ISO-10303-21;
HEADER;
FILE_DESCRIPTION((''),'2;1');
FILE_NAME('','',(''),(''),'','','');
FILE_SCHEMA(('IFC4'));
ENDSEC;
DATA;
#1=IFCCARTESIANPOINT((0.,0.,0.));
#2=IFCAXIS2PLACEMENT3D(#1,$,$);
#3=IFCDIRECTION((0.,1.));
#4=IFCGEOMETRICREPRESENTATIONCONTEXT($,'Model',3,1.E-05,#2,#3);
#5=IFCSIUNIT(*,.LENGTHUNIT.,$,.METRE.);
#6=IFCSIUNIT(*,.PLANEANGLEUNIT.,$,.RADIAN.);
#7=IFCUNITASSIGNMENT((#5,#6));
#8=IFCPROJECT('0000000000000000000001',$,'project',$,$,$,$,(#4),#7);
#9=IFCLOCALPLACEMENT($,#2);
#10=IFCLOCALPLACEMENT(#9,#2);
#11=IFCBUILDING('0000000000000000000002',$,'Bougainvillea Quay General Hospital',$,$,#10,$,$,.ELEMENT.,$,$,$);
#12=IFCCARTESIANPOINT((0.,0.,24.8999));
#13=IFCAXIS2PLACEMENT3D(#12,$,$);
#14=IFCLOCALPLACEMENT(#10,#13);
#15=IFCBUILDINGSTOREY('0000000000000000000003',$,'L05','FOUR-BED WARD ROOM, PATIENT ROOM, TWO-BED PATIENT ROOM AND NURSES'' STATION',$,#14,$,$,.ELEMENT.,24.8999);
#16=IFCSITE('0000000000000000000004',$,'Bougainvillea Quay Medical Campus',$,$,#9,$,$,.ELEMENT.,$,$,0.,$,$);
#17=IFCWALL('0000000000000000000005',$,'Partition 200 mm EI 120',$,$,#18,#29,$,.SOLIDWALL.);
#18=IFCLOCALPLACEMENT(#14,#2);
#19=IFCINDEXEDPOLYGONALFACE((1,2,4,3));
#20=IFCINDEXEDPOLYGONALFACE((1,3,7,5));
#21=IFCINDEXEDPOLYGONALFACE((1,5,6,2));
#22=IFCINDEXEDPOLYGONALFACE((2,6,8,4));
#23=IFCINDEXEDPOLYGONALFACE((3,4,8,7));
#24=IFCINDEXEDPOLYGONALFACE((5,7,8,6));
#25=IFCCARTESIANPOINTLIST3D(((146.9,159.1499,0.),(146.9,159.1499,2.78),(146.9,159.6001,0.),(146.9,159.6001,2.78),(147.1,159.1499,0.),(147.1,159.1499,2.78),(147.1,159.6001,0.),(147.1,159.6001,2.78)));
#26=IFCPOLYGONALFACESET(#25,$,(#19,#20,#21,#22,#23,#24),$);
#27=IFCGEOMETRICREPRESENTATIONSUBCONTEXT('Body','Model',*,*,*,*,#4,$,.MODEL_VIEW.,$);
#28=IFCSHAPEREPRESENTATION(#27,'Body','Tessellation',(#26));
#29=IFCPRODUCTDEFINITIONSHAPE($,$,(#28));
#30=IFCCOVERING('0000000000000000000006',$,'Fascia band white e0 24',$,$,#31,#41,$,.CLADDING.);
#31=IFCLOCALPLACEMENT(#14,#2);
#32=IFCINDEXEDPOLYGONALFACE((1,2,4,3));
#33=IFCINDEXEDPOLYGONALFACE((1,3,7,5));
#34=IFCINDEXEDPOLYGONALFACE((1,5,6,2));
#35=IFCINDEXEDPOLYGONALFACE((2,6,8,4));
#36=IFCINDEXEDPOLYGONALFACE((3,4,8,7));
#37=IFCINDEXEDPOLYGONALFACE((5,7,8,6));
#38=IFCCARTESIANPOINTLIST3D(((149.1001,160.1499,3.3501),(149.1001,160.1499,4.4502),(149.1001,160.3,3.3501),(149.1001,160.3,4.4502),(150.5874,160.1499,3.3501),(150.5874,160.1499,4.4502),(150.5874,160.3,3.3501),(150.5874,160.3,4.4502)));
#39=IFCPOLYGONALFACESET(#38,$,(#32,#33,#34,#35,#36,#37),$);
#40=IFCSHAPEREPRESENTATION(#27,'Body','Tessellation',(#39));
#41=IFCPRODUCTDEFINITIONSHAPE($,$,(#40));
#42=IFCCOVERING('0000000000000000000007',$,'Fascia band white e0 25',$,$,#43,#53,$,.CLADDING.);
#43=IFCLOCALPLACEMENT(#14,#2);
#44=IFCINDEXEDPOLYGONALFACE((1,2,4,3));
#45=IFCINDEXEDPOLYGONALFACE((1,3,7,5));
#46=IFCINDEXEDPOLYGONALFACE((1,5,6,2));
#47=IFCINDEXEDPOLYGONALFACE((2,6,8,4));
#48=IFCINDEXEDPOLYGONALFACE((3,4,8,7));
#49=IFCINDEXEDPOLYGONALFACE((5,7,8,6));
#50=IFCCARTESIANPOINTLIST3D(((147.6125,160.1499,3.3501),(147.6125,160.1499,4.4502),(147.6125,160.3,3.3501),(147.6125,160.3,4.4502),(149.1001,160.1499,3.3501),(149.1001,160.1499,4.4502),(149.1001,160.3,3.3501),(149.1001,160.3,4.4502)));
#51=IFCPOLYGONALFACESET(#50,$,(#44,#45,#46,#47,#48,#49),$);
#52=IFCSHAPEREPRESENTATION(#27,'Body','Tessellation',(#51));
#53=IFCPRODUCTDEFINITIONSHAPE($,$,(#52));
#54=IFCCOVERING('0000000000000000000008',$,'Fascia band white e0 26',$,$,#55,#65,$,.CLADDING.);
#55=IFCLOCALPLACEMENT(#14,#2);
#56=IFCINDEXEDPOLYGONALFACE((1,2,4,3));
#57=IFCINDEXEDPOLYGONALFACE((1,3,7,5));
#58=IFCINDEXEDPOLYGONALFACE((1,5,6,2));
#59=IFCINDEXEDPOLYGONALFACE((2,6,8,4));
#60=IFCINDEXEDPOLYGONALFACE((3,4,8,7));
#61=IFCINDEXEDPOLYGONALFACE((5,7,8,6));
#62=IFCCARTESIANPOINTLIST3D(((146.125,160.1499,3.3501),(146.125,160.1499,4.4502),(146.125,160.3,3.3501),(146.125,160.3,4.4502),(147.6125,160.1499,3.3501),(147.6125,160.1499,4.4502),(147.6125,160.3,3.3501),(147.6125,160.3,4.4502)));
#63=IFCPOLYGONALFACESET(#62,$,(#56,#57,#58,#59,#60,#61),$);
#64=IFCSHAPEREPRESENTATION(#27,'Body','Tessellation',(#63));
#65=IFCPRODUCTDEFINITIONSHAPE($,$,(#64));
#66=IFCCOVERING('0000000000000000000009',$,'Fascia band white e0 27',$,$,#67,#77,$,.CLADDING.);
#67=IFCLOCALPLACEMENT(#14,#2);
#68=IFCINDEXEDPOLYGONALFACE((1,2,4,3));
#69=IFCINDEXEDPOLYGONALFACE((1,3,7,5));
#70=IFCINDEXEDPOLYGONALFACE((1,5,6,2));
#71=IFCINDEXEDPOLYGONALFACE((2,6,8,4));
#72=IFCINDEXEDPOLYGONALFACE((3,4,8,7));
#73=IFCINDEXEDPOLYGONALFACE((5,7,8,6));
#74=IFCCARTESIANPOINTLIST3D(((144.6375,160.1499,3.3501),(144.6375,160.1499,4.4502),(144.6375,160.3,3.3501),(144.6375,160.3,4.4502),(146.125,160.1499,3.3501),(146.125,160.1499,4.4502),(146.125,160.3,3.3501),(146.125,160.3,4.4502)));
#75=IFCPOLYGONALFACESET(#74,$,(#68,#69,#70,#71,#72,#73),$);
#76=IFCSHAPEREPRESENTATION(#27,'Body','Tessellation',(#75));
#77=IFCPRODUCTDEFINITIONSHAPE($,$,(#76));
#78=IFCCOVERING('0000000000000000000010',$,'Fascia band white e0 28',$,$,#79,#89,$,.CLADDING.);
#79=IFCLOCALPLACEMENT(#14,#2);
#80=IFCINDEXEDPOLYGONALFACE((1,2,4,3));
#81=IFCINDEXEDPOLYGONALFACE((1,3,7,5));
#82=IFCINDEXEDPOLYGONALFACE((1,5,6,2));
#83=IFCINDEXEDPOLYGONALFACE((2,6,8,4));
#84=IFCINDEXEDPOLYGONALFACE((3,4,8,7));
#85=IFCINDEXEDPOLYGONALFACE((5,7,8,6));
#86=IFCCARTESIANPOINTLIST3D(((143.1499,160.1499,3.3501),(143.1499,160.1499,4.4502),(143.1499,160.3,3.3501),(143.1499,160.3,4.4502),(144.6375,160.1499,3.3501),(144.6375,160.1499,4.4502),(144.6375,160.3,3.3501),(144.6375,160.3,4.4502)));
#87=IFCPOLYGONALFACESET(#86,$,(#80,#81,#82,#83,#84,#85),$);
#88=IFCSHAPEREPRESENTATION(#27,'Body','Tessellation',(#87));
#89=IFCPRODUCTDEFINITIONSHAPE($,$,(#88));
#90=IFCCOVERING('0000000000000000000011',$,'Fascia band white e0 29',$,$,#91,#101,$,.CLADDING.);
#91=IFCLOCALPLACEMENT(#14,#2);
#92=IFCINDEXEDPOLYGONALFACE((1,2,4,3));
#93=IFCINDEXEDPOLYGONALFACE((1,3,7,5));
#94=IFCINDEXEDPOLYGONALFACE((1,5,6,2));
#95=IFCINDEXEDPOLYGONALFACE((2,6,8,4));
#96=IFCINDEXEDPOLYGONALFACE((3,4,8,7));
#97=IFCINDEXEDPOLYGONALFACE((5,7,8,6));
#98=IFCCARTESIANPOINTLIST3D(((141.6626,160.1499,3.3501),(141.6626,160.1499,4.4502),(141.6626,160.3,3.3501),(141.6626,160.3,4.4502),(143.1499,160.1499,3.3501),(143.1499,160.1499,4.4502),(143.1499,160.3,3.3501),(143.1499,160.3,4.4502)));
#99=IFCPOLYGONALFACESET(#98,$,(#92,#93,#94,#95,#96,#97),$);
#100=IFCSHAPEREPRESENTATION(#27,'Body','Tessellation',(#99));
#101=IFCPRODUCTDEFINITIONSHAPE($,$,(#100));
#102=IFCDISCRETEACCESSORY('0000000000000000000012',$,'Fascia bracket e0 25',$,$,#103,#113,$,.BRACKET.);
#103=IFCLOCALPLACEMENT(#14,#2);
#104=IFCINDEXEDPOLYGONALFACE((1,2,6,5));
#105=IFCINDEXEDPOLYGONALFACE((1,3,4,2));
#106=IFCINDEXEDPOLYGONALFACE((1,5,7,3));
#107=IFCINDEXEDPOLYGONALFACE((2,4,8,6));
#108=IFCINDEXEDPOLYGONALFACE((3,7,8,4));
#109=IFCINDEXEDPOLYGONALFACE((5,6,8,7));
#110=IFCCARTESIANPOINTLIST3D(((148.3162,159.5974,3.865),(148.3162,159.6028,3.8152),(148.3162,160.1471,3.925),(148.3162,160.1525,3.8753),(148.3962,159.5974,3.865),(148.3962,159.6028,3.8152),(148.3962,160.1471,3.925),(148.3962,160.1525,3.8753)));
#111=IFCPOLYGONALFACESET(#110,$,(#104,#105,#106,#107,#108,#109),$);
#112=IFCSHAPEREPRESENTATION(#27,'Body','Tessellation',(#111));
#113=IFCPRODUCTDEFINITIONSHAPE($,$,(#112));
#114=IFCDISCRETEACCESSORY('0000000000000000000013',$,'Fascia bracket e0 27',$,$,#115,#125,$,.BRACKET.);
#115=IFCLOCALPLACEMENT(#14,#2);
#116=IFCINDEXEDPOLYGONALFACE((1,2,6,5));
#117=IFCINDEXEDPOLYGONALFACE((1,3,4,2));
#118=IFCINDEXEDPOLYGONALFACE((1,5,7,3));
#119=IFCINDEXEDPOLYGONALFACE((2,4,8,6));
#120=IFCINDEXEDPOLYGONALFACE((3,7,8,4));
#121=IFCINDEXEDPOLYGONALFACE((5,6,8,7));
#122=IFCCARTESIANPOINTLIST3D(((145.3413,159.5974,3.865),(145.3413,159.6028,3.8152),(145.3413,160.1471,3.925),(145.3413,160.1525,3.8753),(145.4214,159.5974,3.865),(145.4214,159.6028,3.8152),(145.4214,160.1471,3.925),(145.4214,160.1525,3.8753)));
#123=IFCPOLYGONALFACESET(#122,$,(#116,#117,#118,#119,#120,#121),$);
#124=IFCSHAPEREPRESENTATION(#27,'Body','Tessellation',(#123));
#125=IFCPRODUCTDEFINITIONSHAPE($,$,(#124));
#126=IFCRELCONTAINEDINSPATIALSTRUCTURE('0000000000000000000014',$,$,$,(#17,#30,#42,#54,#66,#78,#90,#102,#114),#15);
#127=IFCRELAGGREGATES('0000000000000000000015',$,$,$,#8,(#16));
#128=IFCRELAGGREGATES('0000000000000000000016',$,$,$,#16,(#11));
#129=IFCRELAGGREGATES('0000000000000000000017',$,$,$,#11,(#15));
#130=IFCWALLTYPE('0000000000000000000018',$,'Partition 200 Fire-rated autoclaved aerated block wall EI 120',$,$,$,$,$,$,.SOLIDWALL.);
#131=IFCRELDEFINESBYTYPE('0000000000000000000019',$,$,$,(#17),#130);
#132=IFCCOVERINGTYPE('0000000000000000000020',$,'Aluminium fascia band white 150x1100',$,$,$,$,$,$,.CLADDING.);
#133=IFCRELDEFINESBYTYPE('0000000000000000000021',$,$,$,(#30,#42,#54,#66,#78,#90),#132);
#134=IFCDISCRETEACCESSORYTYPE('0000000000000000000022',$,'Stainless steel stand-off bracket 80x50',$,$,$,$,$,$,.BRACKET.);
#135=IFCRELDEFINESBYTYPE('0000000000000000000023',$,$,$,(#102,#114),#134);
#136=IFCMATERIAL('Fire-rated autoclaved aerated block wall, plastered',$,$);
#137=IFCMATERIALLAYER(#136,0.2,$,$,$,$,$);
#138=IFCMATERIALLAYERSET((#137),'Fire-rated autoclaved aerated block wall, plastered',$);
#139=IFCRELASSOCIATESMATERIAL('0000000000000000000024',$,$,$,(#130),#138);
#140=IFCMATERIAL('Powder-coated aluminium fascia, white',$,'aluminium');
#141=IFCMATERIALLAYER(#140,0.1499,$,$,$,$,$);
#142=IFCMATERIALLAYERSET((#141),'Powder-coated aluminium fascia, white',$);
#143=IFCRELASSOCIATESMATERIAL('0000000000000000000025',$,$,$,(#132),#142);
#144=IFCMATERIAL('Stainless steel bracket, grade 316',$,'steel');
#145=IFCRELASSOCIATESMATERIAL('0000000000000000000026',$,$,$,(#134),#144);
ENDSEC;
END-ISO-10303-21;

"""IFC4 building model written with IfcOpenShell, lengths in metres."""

from ifc_helpers import new_model, si_unit, direction, frame, frame_2d, origin, origin_2d, place, context, subcontext, project, spatial, polyline, rectangle, outline, extrude, material, layer, layer_set, material_profile, profile_set, type_object, element, save


model = new_model("IFC4")

# Units and contexts
model_context = context("Model", 3, precision=1e-05, world=origin(), true_north=direction((0.0, 1.0)))
body_context = subcontext(model_context, "Body", "Model", "MODEL_VIEW")
ifc_project = project(units=[si_unit("LENGTHUNIT", "METRE"), si_unit("PLANEANGLEUNIT", "RADIAN")], contexts=[model_context])

# Site, building, storey
site_placement = place(None, origin())
site = spatial("IfcSite", under=ifc_project, at=site_placement, Name="Bougainvillea Quay Medical Campus", CompositionType="ELEMENT", RefElevation=0.0)
building_placement = place(site_placement, origin())
building = spatial("IfcBuilding", under=site, at=building_placement, Name="Bougainvillea Quay General Hospital", CompositionType="ELEMENT")
storey_placement = place(building_placement, frame((0.0, 0.0, 24.8999)))
storey = spatial("IfcBuildingStorey", under=building, at=storey_placement, Name="L05", Description="FOUR-BED WARD ROOM, PATIENT ROOM, TWO-BED PATIENT ROOM AND NURSES' STATION", CompositionType="ELEMENT", Elevation=24.8999)

# Wall
ifc_material_1 = material(Name="Fire-rated autoclaved aerated block wall, plastered")
ifc_layer_1 = layer(ifc_material_1, 0.2)
ifc_layer_set_1 = layer_set([ifc_layer_1], Name="Fire-rated autoclaved aerated block wall, plastered")
wall_type = type_object("IfcWallType", Name="Partition 200 Fire-rated autoclaved aerated block wall EI 120", PredefinedType="SOLIDWALL", material=ifc_layer_set_1)
wall_1_placement = place(storey_placement, frame((147.0, 159.1499, 0.0), z_axis=(0.0, 0.0, 1.0), x_axis=(0.0, 1.0, 0.0)))
element("IfcWall", 1, at=wall_1_placement, inside=storey, type_object=wall_type, Name="Partition 200 mm EI 120", PredefinedType="SOLIDWALL", context=body_context, shape_type="SweptSolid", body=[
    extrude(rectangle(XDim=0.4502, YDim=0.2, at=frame_2d((0.2251, 0.0))), origin(), (0.0, 0.0, 1.0), 2.78),
])

# Coverings
ifc_material_2 = material(Name="Powder-coated aluminium fascia, white", Category="aluminium")
ifc_layer_2 = layer(ifc_material_2, 0.1499)
ifc_layer_set_2 = layer_set([ifc_layer_2], Name="Powder-coated aluminium fascia, white")
covering_type = type_object("IfcCoveringType", Name="Aluminium fascia band white 150x1100", PredefinedType="CLADDING", material=ifc_layer_set_2)
covering_1_placement = place(storey_placement, frame((150.5874, 160.1499, 3.3501), z_axis=(0.0, 0.0, 1.0), x_axis=(-1.0, 0.0, 0.0)))
element("IfcCovering", 2, at=covering_1_placement, inside=storey, type_object=covering_type, Name="Fascia band white e0 24", PredefinedType="CLADDING", context=body_context, shape_type="SweptSolid", body=[
    extrude(outline(polyline([(0.0, 0.0), (1.4873, 0.0), (1.4873, -0.1501), (0.0, -0.1501), (0.0, 0.0)])), origin(), (0.0, 0.0, 1.0), 1.1001),
])
for number, where, z_axis, x_axis, name in (
    (3, (149.1001, 160.1499, 3.3501), (0.0, 0.0, 1.0), (-1.0, 0.0, 0.0), "Fascia band white e0 25"),
    (4, (147.6125, 160.1499, 3.3501), (0.0, 0.0, 1.0), (-1.0, 0.0, 0.0), "Fascia band white e0 26"),
    (5, (146.125, 160.1499, 3.3501), (0.0, 0.0, 1.0), (-1.0, 0.0, 0.0), "Fascia band white e0 27"),
    (6, (144.6375, 160.1499, 3.3501), (0.0, 0.0, 1.0), (-1.0, 0.0, 0.0), "Fascia band white e0 28"),
):
    element("IfcCovering", number, at=place(storey_placement, frame(where, z_axis=z_axis, x_axis=x_axis)), inside=storey, type_object=covering_type, Name=name, PredefinedType="CLADDING", context=body_context, shape_type="SweptSolid", body=[
        extrude(outline(polyline([(0.0, 0.0), (1.4875, 0.0), (1.4875, -0.1501), (0.0, -0.1501), (0.0, 0.0)])), origin(), (0.0, 0.0, 1.0), 1.1001),
    ])
covering_2_placement = place(storey_placement, frame((143.1499, 160.1499, 3.3501), z_axis=(0.0, 0.0, 1.0), x_axis=(-1.0, 0.0, 0.0)))
element("IfcCovering", 7, at=covering_2_placement, inside=storey, type_object=covering_type, Name="Fascia band white e0 29", PredefinedType="CLADDING", context=body_context, shape_type="SweptSolid", body=[
    extrude(outline(polyline([(0.0, 0.0), (1.4873, 0.0), (1.4873, -0.1501), (0.0, -0.1501), (0.0, 0.0)])), origin(), (0.0, 0.0, 1.0), 1.1001),
])

# Discrete accessories
ifc_material_3 = material(Name="Stainless steel bracket, grade 316", Category="steel")
ifc_material_profile_1 = material_profile(ifc_material_3, rectangle(XDim=0.0801, YDim=0.05, at=origin_2d()))
ifc_profile_set_1 = profile_set([ifc_material_profile_1], Name="Stainless steel bracket, grade 316")
discrete_accessory_type = type_object("IfcDiscreteAccessoryType", Name="Stainless steel stand-off bracket 80x50", PredefinedType="BRACKET", material=ifc_profile_set_1)
for number, where, z_axis, x_axis, name in (
    (8, (148.3562, 159.6001, 3.8401), (0.0, 0.994087, 0.10859), (-1.0, 0.0, 0.0), "Fascia bracket e0 25"),
    (9, (145.3813, 159.6001, 3.8401), (0.0, 0.994087, 0.10859), (-1.0, 0.0, 0.0), "Fascia bracket e0 27"),
):
    element("IfcDiscreteAccessory", number, at=place(storey_placement, frame(where, z_axis=z_axis, x_axis=x_axis)), inside=storey, type_object=discrete_accessory_type, Name=name, PredefinedType="BRACKET", context=body_context, shape_type="SweptSolid", body=[
        extrude(rectangle(XDim=0.0801, YDim=0.05, at=origin_2d()), origin(), (0.0, 0.0, 1.0), 0.553),
    ])

save(model, "model.ifc")
